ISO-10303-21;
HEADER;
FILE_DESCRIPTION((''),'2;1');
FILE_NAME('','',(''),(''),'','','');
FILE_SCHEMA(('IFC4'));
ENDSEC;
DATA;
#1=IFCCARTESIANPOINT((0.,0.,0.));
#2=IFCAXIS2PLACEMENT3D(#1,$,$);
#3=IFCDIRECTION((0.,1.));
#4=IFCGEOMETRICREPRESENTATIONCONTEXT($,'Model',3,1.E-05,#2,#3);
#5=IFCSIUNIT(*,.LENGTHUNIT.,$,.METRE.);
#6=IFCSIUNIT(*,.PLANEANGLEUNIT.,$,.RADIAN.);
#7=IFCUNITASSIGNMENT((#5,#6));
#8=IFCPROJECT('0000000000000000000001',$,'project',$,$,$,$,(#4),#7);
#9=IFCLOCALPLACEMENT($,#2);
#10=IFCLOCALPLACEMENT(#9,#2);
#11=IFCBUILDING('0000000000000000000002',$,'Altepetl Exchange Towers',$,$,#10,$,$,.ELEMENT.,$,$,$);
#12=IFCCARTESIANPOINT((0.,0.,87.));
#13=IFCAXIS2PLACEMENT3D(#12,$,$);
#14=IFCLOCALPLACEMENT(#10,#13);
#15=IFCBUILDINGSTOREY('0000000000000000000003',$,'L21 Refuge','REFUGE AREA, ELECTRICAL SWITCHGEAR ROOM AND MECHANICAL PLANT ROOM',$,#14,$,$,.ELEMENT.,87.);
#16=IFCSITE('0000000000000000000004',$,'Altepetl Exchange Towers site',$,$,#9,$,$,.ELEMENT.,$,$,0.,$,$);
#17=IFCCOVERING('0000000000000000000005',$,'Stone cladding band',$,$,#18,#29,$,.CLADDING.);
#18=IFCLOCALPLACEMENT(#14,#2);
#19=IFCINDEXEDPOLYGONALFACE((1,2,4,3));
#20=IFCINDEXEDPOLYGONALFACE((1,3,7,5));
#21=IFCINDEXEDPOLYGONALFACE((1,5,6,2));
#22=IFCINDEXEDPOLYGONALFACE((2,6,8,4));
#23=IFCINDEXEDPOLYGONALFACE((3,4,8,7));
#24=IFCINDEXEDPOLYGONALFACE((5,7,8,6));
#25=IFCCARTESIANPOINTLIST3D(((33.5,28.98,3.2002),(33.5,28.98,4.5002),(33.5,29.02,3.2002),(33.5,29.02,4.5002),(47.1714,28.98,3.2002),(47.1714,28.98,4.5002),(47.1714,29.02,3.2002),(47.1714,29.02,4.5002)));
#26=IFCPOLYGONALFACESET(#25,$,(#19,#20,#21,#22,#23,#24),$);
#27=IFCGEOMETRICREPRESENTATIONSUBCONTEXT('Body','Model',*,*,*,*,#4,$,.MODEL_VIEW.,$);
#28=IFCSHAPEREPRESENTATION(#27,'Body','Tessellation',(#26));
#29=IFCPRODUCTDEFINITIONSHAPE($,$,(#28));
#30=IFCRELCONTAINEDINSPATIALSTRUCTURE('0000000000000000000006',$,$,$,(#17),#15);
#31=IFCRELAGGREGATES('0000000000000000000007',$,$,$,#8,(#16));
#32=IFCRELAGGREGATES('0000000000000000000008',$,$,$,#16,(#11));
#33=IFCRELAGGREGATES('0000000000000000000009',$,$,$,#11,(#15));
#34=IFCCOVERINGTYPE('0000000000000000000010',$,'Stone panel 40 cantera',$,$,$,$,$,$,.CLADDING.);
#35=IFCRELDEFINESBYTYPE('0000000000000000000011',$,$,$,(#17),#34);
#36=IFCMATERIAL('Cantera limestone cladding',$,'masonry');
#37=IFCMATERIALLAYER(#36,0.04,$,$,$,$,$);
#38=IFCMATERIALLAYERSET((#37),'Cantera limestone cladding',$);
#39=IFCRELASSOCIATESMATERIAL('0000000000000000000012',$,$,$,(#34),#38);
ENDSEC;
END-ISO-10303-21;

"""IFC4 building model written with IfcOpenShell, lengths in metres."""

from ifc_helpers import new_model, si_unit, direction, frame, origin, origin_2d, place, context, subcontext, project, spatial, rectangle, extrude, material, layer, layer_set, type_object, element, save


model = new_model("IFC4")

# Units and contexts
model_context = context("Model", 3, precision=1e-05, world=origin(), true_north=direction((0.0, 1.0)))
body_context = subcontext(model_context, "Body", "Model", "MODEL_VIEW")
ifc_project = project(units=[si_unit("LENGTHUNIT", "METRE"), si_unit("PLANEANGLEUNIT", "RADIAN")], contexts=[model_context])

# Site, building, storey
site_placement = place(None, origin())
site = spatial("IfcSite", under=ifc_project, at=site_placement, Name="Altepetl Exchange Towers site", CompositionType="ELEMENT", RefElevation=0.0)
building_placement = place(site_placement, origin())
building = spatial("IfcBuilding", under=site, at=building_placement, Name="Altepetl Exchange Towers", CompositionType="ELEMENT")
storey_placement = place(building_placement, frame((0.0, 0.0, 87.0)))
storey = spatial("IfcBuildingStorey", under=building, at=storey_placement, Name="L21 Refuge", Description="REFUGE AREA, ELECTRICAL SWITCHGEAR ROOM AND MECHANICAL PLANT ROOM", CompositionType="ELEMENT", Elevation=87.0)

# Shared definitions
ifc_material_1 = material(Name="Cantera limestone cladding", Category="masonry")

# Covering
ifc_layer_1 = layer(ifc_material_1, 0.04)
ifc_layer_set_1 = layer_set([ifc_layer_1], Name="Cantera limestone cladding")
covering_type = type_object("IfcCoveringType", Name="Stone panel 40 cantera", PredefinedType="CLADDING", material=ifc_layer_set_1)
covering_placement = place(storey_placement, frame((40.3357, 29.0, 3.2002)))
element("IfcCovering", 1, at=covering_placement, inside=storey, type_object=covering_type, Name="Stone cladding band", PredefinedType="CLADDING", context=body_context, shape_type="SweptSolid", body=[
    extrude(rectangle(XDim=13.6714, YDim=0.04, at=origin_2d()), origin(), (0.0, 0.0, 1.0), 1.3),
])

save(model, "model.ifc")
